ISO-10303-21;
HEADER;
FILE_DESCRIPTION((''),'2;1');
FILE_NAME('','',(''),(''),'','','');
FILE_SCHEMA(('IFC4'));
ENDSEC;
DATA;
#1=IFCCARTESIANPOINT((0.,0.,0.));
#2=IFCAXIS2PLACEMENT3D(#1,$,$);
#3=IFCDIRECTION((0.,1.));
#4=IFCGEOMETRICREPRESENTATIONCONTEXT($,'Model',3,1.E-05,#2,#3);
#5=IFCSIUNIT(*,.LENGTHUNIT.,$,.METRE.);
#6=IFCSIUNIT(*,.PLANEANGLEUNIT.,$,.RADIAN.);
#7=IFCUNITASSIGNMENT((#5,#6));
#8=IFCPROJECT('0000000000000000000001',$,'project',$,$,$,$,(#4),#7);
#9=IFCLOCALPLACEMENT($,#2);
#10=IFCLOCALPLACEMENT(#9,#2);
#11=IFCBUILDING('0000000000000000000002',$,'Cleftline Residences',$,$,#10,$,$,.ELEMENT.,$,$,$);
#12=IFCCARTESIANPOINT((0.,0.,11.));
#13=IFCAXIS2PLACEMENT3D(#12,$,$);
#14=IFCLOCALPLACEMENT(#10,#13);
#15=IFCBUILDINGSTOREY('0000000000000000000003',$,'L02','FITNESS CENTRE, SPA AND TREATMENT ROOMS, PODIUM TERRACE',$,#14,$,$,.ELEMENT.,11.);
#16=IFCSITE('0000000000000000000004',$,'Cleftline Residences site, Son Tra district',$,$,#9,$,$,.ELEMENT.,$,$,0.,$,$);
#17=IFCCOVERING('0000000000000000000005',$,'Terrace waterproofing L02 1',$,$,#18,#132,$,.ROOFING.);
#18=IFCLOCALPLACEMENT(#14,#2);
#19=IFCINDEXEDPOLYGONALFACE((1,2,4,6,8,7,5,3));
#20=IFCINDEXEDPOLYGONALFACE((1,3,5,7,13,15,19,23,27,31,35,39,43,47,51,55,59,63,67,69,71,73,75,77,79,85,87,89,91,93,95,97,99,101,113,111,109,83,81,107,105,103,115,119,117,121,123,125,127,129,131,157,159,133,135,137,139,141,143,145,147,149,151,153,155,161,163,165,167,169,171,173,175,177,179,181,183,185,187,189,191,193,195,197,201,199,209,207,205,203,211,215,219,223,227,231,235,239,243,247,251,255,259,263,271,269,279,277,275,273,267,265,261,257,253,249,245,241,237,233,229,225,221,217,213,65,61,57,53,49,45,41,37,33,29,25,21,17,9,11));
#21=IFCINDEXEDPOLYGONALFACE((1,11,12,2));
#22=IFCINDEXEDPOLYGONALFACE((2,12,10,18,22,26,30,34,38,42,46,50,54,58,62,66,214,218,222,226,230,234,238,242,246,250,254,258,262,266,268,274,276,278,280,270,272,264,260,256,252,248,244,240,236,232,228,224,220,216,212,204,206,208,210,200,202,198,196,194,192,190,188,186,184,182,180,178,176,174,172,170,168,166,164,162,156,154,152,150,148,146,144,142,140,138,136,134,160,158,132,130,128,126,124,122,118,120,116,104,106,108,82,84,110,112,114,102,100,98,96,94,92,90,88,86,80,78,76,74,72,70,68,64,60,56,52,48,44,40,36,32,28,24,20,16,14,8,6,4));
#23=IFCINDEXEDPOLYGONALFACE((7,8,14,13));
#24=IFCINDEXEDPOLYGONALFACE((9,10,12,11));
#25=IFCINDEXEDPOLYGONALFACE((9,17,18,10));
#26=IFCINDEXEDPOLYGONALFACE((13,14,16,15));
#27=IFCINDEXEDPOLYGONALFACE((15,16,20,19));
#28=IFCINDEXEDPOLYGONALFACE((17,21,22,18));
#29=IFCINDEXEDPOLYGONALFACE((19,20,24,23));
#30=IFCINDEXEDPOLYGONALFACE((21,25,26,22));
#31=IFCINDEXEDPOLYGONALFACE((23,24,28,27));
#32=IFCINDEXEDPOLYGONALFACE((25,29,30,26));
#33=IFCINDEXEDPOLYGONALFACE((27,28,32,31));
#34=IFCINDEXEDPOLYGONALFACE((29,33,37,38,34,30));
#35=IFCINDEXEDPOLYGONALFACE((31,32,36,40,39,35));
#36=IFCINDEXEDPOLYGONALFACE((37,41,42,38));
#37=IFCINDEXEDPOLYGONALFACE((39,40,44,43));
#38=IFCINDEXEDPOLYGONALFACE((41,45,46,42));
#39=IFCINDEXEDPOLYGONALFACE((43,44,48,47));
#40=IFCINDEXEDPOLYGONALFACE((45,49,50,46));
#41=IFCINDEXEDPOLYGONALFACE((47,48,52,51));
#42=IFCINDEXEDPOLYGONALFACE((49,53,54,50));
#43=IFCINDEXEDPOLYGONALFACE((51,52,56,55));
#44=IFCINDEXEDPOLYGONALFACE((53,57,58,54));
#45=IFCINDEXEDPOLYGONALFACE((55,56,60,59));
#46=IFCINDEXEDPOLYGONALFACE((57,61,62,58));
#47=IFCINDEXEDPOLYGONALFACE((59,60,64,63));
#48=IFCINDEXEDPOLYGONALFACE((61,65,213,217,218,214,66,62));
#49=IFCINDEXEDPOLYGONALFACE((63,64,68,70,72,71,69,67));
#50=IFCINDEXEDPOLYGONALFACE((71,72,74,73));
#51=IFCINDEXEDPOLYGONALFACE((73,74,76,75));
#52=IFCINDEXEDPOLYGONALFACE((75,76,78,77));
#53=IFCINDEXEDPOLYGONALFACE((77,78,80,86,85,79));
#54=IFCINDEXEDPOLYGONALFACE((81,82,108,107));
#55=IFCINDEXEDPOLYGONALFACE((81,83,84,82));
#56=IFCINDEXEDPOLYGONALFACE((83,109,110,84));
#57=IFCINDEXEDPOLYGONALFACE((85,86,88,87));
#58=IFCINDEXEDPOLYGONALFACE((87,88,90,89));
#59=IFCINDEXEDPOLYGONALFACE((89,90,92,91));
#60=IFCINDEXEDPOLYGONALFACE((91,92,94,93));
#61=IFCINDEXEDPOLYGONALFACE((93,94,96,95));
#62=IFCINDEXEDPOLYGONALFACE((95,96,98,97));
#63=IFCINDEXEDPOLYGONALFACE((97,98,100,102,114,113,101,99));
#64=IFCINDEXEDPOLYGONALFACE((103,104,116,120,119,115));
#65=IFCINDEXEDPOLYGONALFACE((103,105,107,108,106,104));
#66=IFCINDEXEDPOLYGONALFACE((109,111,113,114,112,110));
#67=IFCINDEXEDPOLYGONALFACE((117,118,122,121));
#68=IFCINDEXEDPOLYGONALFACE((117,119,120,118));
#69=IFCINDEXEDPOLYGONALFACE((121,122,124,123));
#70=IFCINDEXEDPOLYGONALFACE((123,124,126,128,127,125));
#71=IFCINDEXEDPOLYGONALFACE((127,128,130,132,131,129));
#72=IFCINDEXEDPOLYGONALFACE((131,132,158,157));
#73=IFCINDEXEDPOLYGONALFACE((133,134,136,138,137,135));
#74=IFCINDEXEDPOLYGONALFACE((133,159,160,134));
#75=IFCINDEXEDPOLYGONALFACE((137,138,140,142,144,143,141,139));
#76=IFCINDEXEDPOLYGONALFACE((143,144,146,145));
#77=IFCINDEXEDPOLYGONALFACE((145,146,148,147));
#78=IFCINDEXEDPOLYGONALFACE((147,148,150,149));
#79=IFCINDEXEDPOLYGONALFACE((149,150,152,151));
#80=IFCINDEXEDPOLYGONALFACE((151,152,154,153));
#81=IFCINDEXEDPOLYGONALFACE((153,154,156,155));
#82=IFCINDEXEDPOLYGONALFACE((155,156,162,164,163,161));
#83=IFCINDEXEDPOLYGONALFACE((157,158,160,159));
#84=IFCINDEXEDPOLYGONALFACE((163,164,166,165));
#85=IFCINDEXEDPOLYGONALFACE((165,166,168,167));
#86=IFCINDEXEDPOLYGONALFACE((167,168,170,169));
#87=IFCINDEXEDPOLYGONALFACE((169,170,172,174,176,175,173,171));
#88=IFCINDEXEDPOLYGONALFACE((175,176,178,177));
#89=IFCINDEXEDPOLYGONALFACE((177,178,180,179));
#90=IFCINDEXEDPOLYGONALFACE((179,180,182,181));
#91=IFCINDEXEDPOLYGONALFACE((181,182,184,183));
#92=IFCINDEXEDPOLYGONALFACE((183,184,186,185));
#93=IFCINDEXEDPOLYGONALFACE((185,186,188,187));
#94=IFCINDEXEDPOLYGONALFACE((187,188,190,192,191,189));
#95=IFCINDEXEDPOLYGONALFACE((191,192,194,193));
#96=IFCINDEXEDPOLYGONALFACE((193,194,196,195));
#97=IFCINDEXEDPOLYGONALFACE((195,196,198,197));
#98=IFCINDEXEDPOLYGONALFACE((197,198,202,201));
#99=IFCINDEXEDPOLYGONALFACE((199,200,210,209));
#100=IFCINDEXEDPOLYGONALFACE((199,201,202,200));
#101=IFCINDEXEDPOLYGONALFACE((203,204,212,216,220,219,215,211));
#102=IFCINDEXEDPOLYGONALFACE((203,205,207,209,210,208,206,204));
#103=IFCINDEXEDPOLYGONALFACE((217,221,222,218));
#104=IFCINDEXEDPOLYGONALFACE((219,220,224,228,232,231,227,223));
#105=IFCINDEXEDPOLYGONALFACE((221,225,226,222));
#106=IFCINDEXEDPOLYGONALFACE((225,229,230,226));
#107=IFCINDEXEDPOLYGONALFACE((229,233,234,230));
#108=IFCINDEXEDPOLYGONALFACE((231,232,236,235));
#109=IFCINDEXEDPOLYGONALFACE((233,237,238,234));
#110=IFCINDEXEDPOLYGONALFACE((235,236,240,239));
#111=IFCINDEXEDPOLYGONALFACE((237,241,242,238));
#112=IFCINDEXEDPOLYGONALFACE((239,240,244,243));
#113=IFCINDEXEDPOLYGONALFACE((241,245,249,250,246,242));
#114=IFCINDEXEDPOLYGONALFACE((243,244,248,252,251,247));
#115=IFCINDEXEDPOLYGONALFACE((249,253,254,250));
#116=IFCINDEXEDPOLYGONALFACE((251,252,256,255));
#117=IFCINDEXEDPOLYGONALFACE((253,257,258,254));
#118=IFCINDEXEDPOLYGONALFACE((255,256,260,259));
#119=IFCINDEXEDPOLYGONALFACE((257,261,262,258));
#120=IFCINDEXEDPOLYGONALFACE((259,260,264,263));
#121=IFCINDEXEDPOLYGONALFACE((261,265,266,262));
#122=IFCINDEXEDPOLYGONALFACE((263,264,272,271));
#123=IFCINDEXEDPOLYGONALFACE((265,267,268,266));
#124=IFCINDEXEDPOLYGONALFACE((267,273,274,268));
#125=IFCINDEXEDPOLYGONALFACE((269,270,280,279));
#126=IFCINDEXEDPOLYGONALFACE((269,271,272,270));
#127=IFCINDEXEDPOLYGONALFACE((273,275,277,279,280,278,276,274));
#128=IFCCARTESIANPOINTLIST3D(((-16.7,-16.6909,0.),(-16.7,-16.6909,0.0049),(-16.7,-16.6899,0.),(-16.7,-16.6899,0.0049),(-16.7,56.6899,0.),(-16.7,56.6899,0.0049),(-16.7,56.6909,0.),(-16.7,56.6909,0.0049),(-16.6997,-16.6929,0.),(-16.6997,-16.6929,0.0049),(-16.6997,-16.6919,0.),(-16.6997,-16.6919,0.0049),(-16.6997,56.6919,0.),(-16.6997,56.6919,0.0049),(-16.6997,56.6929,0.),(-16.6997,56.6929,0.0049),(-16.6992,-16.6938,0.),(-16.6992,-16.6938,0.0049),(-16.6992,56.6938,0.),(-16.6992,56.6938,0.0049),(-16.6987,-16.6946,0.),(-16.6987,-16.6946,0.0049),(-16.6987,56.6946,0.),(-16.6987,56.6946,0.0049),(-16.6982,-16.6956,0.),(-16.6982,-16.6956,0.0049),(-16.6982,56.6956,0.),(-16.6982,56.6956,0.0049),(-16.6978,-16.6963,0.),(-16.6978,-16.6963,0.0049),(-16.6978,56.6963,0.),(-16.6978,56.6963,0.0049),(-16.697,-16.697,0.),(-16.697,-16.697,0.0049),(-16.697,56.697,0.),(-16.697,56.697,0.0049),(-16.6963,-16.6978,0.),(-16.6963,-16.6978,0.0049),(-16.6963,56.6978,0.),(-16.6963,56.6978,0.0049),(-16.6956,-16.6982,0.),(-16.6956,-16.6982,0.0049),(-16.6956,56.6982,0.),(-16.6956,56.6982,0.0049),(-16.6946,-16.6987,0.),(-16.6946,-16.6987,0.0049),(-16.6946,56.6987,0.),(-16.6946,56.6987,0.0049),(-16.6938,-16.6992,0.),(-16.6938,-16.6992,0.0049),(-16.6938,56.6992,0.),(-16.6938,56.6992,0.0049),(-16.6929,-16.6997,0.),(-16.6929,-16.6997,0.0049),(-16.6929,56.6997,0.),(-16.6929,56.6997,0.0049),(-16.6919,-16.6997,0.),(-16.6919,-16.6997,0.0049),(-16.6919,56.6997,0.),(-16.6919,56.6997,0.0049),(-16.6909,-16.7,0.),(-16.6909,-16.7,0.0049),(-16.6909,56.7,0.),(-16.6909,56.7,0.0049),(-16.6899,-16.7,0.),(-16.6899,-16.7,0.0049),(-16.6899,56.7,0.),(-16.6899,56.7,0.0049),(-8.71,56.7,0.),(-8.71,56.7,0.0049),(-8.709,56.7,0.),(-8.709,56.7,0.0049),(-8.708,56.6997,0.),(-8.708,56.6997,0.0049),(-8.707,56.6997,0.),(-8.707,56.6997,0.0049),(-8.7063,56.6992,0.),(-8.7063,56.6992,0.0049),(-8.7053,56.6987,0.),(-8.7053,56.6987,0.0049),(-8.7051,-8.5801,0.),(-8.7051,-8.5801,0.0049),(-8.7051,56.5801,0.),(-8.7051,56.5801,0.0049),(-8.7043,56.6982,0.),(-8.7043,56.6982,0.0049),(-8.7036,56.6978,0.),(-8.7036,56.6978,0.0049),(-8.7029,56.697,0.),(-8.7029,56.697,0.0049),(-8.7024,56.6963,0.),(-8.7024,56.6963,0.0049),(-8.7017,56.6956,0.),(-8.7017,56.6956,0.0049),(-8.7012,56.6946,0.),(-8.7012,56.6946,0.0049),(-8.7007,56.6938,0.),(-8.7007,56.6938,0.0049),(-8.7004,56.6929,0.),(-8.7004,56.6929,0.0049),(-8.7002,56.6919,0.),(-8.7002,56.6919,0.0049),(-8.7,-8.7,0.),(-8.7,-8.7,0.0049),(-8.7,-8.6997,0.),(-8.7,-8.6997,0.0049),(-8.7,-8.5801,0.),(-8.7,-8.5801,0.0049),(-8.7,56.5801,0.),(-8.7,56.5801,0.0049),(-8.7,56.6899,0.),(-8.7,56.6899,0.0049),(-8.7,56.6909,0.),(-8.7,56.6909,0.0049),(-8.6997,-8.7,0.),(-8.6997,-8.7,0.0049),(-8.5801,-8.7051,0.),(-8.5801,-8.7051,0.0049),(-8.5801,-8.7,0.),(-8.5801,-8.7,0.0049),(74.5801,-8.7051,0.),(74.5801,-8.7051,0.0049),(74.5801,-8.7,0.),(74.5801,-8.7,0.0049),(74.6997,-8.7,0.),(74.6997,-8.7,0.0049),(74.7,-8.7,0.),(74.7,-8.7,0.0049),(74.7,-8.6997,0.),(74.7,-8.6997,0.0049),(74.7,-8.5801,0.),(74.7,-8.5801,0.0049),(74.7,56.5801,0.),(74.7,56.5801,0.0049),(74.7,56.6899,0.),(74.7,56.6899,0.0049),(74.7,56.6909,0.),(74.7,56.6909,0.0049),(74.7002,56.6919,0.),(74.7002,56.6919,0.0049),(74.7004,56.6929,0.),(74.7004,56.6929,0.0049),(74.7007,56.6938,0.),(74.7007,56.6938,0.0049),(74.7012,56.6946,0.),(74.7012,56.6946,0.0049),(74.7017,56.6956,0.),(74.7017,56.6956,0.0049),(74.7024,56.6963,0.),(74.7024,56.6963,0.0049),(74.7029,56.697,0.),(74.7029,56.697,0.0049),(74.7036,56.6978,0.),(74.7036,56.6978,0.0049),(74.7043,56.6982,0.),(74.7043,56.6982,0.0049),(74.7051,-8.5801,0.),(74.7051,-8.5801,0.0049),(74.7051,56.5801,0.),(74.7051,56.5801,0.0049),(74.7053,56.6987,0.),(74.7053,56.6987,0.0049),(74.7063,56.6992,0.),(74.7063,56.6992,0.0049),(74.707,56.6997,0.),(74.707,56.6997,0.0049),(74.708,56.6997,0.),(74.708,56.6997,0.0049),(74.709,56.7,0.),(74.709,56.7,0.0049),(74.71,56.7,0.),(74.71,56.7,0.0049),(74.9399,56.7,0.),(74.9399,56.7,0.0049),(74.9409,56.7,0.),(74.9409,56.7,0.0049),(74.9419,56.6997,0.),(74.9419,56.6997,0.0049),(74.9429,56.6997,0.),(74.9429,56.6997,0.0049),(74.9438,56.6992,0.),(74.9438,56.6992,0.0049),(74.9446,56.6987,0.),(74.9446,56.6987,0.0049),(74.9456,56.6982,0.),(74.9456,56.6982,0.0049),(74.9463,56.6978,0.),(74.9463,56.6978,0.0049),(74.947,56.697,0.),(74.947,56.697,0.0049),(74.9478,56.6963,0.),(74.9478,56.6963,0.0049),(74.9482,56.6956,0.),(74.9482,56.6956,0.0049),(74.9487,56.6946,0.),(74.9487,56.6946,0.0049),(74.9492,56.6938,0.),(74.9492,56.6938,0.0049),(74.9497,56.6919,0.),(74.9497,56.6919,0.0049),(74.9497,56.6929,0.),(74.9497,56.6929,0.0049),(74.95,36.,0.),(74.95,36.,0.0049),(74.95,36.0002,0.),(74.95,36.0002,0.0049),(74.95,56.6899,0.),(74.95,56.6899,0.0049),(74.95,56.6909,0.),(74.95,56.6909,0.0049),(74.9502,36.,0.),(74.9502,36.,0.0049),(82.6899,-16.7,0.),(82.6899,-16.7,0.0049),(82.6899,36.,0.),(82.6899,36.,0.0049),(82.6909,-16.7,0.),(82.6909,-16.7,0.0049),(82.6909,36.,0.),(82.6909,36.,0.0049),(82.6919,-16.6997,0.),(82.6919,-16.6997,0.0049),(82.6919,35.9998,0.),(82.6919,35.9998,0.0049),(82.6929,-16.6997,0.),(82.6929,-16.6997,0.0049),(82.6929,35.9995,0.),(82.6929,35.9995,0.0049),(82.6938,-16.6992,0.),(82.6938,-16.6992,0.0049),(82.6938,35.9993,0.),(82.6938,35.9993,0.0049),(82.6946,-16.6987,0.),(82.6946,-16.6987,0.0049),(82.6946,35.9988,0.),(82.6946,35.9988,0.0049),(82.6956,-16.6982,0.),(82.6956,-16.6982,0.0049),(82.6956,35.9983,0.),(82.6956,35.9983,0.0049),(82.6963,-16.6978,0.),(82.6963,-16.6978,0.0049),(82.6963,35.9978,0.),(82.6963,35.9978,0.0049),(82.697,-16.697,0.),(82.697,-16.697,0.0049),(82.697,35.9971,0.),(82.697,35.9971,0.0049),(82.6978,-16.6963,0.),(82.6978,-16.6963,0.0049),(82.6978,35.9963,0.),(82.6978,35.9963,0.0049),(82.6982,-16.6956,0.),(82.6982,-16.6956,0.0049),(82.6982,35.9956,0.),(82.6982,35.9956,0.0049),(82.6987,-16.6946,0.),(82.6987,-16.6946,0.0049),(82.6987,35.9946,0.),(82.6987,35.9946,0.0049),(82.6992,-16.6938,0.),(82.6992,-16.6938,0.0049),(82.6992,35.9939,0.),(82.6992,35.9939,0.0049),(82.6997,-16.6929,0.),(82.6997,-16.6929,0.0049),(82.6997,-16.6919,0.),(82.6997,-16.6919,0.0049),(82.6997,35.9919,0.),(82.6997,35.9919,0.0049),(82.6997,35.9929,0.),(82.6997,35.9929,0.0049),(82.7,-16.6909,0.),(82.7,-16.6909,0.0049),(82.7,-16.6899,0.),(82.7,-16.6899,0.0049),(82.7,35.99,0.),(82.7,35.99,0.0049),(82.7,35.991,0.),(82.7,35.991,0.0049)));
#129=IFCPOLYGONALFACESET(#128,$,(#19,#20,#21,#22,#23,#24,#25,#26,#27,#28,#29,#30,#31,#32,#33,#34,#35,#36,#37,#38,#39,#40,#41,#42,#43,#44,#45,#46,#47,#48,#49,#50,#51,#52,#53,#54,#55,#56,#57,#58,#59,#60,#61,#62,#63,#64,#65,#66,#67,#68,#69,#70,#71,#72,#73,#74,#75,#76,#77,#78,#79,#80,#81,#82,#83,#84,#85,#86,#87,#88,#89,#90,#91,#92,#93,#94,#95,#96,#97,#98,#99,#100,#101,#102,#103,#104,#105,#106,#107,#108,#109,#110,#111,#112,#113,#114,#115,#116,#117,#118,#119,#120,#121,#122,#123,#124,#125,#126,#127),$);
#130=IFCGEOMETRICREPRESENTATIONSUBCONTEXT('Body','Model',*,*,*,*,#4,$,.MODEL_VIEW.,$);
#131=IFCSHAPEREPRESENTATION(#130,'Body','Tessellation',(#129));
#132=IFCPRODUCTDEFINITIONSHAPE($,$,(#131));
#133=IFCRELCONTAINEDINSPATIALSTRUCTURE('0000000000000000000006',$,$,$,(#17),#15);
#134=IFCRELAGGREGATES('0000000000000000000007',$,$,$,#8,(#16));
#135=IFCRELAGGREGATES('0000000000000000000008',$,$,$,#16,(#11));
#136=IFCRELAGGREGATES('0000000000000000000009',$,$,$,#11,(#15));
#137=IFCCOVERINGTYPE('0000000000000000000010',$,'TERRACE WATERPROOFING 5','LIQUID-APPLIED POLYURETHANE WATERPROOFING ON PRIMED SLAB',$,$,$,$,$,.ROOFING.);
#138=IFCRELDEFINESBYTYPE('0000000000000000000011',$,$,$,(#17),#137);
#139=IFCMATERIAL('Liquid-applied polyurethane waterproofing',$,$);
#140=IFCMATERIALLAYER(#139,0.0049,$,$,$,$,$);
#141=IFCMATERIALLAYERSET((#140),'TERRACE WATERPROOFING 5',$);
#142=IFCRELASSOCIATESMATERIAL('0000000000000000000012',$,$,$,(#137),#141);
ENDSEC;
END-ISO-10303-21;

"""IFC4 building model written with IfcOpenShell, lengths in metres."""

from ifc_helpers import new_model, si_unit, direction, frame, origin, place, context, subcontext, project, spatial, polyline, outline, extrude, material, layer, layer_set, type_object, element, save


model = new_model("IFC4")

# Units and contexts
model_context = context("Model", 3, precision=1e-05, world=origin(), true_north=direction((0.0, 1.0)))
body_context = subcontext(model_context, "Body", "Model", "MODEL_VIEW")
ifc_project = project(units=[si_unit("LENGTHUNIT", "METRE"), si_unit("PLANEANGLEUNIT", "RADIAN")], contexts=[model_context])

# Site, building, storey
site_placement = place(None, origin())
site = spatial("IfcSite", under=ifc_project, at=site_placement, Name="Cleftline Residences site, Son Tra district", CompositionType="ELEMENT", RefElevation=0.0)
building_placement = place(site_placement, origin())
building = spatial("IfcBuilding", under=site, at=building_placement, Name="Cleftline Residences", CompositionType="ELEMENT")
storey_placement = place(building_placement, frame((0.0, 0.0, 11.0)))
storey = spatial("IfcBuildingStorey", under=building, at=storey_placement, Name="L02", Description="FITNESS CENTRE, SPA AND TREATMENT ROOMS, PODIUM TERRACE", CompositionType="ELEMENT", Elevation=11.0)

# Covering
ifc_material_1 = material(Name="Liquid-applied polyurethane waterproofing")
ifc_layer_1 = layer(ifc_material_1, 0.0049)
ifc_layer_set_1 = layer_set([ifc_layer_1], Name="TERRACE WATERPROOFING 5")
covering_type_1 = type_object("IfcCoveringType", Name="TERRACE WATERPROOFING 5", Description="LIQUID-APPLIED POLYURETHANE WATERPROOFING ON PRIMED SLAB", PredefinedType="ROOFING", material=ifc_layer_set_1)
covering_1_placement = place(storey_placement, origin())
element("IfcCovering", 1, at=covering_1_placement, inside=storey, type_object=covering_type_1, Name="Terrace waterproofing L02 1", PredefinedType="ROOFING", context=body_context, shape_type="SweptSolid", body=[
    extrude(outline(polyline([(82.6899, -16.7), (82.6909, -16.7), (82.6919, -16.6997), (82.6929, -16.6997), (82.6938, -16.6992), (82.6946, -16.6987), (82.6956, -16.6982), (82.6963, -16.6978), (82.697, -16.697), (82.6978, -16.6963), (82.6982, -16.6956), (82.6987, -16.6946), (82.6992, -16.6938), (82.6997, -16.6929), (82.6997, -16.6919), (82.7, -16.6909), (82.7, -16.6899), (82.7, 35.99), (82.7, 35.991), (82.6997, 35.9919), (82.6997, 35.9929), (82.6992, 35.9939), (82.6987, 35.9946), (82.6982, 35.9956), (82.6978, 35.9963), (82.697, 35.9971), (82.6963, 35.9978), (82.6956, 35.9983), (82.6946, 35.9988), (82.6938, 35.9993), (82.6929, 35.9995), (82.6919, 35.9998), (82.6909, 36.0), (82.6899, 36.0), (74.9502, 36.0), (74.95, 36.0), (74.95, 36.0002), (74.95, 56.6899), (74.95, 56.6909), (74.9497, 56.6919), (74.9497, 56.6929), (74.9492, 56.6938), (74.9487, 56.6946), (74.9482, 56.6956), (74.9478, 56.6963), (74.947, 56.697), (74.9463, 56.6978), (74.9456, 56.6982), (74.9446, 56.6987), (74.9438, 56.6992), (74.9429, 56.6997), (74.9419, 56.6997), (74.9409, 56.7), (74.9399, 56.7), (74.71, 56.7), (74.709, 56.7), (74.708, 56.6997), (74.707, 56.6997), (74.7063, 56.6992), (74.7053, 56.6987), (74.7043, 56.6982), (74.7036, 56.6978), (74.7029, 56.697), (74.7024, 56.6963), (74.7017, 56.6956), (74.7012, 56.6946), (74.7007, 56.6938), (74.7004, 56.6929), (74.7002, 56.6919), (74.7, 56.6909), (74.7, 56.6899), (74.7, 56.5801), (74.7051, 56.5801), (74.7051, -8.5801), (74.7, -8.5801), (74.7, -8.6997), (74.7, -8.7), (74.6997, -8.7), (74.5801, -8.7), (74.5801, -8.7051), (-8.5801, -8.7051), (-8.5801, -8.7), (-8.6997, -8.7), (-8.7, -8.7), (-8.7, -8.6997), (-8.7, -8.5801), (-8.7051, -8.5801), (-8.7051, 56.5801), (-8.7, 56.5801), (-8.7, 56.6899), (-8.7, 56.6909), (-8.7002, 56.6919), (-8.7004, 56.6929), (-8.7007, 56.6938), (-8.7012, 56.6946), (-8.7017, 56.6956), (-8.7024, 56.6963), (-8.7029, 56.697), (-8.7036, 56.6978), (-8.7043, 56.6982), (-8.7053, 56.6987), (-8.7063, 56.6992), (-8.707, 56.6997), (-8.708, 56.6997), (-8.709, 56.7), (-8.71, 56.7), (-16.6899, 56.7), (-16.6909, 56.7), (-16.6919, 56.6997), (-16.6929, 56.6997), (-16.6938, 56.6992), (-16.6946, 56.6987), (-16.6956, 56.6982), (-16.6963, 56.6978), (-16.697, 56.697), (-16.6978, 56.6963), (-16.6982, 56.6956), (-16.6987, 56.6946), (-16.6992, 56.6938), (-16.6997, 56.6929), (-16.6997, 56.6919), (-16.7, 56.6909), (-16.7, 56.6899), (-16.7, -16.6899), (-16.7, -16.6909), (-16.6997, -16.6919), (-16.6997, -16.6929), (-16.6992, -16.6938), (-16.6987, -16.6946), (-16.6982, -16.6956), (-16.6978, -16.6963), (-16.697, -16.697), (-16.6963, -16.6978), (-16.6956, -16.6982), (-16.6946, -16.6987), (-16.6938, -16.6992), (-16.6929, -16.6997), (-16.6919, -16.6997), (-16.6909, -16.7), (-16.6899, -16.7), (82.6899, -16.7)])), origin(), (0.0, 0.0, 1.0), 0.0049),
])

save(model, "model.ifc")
